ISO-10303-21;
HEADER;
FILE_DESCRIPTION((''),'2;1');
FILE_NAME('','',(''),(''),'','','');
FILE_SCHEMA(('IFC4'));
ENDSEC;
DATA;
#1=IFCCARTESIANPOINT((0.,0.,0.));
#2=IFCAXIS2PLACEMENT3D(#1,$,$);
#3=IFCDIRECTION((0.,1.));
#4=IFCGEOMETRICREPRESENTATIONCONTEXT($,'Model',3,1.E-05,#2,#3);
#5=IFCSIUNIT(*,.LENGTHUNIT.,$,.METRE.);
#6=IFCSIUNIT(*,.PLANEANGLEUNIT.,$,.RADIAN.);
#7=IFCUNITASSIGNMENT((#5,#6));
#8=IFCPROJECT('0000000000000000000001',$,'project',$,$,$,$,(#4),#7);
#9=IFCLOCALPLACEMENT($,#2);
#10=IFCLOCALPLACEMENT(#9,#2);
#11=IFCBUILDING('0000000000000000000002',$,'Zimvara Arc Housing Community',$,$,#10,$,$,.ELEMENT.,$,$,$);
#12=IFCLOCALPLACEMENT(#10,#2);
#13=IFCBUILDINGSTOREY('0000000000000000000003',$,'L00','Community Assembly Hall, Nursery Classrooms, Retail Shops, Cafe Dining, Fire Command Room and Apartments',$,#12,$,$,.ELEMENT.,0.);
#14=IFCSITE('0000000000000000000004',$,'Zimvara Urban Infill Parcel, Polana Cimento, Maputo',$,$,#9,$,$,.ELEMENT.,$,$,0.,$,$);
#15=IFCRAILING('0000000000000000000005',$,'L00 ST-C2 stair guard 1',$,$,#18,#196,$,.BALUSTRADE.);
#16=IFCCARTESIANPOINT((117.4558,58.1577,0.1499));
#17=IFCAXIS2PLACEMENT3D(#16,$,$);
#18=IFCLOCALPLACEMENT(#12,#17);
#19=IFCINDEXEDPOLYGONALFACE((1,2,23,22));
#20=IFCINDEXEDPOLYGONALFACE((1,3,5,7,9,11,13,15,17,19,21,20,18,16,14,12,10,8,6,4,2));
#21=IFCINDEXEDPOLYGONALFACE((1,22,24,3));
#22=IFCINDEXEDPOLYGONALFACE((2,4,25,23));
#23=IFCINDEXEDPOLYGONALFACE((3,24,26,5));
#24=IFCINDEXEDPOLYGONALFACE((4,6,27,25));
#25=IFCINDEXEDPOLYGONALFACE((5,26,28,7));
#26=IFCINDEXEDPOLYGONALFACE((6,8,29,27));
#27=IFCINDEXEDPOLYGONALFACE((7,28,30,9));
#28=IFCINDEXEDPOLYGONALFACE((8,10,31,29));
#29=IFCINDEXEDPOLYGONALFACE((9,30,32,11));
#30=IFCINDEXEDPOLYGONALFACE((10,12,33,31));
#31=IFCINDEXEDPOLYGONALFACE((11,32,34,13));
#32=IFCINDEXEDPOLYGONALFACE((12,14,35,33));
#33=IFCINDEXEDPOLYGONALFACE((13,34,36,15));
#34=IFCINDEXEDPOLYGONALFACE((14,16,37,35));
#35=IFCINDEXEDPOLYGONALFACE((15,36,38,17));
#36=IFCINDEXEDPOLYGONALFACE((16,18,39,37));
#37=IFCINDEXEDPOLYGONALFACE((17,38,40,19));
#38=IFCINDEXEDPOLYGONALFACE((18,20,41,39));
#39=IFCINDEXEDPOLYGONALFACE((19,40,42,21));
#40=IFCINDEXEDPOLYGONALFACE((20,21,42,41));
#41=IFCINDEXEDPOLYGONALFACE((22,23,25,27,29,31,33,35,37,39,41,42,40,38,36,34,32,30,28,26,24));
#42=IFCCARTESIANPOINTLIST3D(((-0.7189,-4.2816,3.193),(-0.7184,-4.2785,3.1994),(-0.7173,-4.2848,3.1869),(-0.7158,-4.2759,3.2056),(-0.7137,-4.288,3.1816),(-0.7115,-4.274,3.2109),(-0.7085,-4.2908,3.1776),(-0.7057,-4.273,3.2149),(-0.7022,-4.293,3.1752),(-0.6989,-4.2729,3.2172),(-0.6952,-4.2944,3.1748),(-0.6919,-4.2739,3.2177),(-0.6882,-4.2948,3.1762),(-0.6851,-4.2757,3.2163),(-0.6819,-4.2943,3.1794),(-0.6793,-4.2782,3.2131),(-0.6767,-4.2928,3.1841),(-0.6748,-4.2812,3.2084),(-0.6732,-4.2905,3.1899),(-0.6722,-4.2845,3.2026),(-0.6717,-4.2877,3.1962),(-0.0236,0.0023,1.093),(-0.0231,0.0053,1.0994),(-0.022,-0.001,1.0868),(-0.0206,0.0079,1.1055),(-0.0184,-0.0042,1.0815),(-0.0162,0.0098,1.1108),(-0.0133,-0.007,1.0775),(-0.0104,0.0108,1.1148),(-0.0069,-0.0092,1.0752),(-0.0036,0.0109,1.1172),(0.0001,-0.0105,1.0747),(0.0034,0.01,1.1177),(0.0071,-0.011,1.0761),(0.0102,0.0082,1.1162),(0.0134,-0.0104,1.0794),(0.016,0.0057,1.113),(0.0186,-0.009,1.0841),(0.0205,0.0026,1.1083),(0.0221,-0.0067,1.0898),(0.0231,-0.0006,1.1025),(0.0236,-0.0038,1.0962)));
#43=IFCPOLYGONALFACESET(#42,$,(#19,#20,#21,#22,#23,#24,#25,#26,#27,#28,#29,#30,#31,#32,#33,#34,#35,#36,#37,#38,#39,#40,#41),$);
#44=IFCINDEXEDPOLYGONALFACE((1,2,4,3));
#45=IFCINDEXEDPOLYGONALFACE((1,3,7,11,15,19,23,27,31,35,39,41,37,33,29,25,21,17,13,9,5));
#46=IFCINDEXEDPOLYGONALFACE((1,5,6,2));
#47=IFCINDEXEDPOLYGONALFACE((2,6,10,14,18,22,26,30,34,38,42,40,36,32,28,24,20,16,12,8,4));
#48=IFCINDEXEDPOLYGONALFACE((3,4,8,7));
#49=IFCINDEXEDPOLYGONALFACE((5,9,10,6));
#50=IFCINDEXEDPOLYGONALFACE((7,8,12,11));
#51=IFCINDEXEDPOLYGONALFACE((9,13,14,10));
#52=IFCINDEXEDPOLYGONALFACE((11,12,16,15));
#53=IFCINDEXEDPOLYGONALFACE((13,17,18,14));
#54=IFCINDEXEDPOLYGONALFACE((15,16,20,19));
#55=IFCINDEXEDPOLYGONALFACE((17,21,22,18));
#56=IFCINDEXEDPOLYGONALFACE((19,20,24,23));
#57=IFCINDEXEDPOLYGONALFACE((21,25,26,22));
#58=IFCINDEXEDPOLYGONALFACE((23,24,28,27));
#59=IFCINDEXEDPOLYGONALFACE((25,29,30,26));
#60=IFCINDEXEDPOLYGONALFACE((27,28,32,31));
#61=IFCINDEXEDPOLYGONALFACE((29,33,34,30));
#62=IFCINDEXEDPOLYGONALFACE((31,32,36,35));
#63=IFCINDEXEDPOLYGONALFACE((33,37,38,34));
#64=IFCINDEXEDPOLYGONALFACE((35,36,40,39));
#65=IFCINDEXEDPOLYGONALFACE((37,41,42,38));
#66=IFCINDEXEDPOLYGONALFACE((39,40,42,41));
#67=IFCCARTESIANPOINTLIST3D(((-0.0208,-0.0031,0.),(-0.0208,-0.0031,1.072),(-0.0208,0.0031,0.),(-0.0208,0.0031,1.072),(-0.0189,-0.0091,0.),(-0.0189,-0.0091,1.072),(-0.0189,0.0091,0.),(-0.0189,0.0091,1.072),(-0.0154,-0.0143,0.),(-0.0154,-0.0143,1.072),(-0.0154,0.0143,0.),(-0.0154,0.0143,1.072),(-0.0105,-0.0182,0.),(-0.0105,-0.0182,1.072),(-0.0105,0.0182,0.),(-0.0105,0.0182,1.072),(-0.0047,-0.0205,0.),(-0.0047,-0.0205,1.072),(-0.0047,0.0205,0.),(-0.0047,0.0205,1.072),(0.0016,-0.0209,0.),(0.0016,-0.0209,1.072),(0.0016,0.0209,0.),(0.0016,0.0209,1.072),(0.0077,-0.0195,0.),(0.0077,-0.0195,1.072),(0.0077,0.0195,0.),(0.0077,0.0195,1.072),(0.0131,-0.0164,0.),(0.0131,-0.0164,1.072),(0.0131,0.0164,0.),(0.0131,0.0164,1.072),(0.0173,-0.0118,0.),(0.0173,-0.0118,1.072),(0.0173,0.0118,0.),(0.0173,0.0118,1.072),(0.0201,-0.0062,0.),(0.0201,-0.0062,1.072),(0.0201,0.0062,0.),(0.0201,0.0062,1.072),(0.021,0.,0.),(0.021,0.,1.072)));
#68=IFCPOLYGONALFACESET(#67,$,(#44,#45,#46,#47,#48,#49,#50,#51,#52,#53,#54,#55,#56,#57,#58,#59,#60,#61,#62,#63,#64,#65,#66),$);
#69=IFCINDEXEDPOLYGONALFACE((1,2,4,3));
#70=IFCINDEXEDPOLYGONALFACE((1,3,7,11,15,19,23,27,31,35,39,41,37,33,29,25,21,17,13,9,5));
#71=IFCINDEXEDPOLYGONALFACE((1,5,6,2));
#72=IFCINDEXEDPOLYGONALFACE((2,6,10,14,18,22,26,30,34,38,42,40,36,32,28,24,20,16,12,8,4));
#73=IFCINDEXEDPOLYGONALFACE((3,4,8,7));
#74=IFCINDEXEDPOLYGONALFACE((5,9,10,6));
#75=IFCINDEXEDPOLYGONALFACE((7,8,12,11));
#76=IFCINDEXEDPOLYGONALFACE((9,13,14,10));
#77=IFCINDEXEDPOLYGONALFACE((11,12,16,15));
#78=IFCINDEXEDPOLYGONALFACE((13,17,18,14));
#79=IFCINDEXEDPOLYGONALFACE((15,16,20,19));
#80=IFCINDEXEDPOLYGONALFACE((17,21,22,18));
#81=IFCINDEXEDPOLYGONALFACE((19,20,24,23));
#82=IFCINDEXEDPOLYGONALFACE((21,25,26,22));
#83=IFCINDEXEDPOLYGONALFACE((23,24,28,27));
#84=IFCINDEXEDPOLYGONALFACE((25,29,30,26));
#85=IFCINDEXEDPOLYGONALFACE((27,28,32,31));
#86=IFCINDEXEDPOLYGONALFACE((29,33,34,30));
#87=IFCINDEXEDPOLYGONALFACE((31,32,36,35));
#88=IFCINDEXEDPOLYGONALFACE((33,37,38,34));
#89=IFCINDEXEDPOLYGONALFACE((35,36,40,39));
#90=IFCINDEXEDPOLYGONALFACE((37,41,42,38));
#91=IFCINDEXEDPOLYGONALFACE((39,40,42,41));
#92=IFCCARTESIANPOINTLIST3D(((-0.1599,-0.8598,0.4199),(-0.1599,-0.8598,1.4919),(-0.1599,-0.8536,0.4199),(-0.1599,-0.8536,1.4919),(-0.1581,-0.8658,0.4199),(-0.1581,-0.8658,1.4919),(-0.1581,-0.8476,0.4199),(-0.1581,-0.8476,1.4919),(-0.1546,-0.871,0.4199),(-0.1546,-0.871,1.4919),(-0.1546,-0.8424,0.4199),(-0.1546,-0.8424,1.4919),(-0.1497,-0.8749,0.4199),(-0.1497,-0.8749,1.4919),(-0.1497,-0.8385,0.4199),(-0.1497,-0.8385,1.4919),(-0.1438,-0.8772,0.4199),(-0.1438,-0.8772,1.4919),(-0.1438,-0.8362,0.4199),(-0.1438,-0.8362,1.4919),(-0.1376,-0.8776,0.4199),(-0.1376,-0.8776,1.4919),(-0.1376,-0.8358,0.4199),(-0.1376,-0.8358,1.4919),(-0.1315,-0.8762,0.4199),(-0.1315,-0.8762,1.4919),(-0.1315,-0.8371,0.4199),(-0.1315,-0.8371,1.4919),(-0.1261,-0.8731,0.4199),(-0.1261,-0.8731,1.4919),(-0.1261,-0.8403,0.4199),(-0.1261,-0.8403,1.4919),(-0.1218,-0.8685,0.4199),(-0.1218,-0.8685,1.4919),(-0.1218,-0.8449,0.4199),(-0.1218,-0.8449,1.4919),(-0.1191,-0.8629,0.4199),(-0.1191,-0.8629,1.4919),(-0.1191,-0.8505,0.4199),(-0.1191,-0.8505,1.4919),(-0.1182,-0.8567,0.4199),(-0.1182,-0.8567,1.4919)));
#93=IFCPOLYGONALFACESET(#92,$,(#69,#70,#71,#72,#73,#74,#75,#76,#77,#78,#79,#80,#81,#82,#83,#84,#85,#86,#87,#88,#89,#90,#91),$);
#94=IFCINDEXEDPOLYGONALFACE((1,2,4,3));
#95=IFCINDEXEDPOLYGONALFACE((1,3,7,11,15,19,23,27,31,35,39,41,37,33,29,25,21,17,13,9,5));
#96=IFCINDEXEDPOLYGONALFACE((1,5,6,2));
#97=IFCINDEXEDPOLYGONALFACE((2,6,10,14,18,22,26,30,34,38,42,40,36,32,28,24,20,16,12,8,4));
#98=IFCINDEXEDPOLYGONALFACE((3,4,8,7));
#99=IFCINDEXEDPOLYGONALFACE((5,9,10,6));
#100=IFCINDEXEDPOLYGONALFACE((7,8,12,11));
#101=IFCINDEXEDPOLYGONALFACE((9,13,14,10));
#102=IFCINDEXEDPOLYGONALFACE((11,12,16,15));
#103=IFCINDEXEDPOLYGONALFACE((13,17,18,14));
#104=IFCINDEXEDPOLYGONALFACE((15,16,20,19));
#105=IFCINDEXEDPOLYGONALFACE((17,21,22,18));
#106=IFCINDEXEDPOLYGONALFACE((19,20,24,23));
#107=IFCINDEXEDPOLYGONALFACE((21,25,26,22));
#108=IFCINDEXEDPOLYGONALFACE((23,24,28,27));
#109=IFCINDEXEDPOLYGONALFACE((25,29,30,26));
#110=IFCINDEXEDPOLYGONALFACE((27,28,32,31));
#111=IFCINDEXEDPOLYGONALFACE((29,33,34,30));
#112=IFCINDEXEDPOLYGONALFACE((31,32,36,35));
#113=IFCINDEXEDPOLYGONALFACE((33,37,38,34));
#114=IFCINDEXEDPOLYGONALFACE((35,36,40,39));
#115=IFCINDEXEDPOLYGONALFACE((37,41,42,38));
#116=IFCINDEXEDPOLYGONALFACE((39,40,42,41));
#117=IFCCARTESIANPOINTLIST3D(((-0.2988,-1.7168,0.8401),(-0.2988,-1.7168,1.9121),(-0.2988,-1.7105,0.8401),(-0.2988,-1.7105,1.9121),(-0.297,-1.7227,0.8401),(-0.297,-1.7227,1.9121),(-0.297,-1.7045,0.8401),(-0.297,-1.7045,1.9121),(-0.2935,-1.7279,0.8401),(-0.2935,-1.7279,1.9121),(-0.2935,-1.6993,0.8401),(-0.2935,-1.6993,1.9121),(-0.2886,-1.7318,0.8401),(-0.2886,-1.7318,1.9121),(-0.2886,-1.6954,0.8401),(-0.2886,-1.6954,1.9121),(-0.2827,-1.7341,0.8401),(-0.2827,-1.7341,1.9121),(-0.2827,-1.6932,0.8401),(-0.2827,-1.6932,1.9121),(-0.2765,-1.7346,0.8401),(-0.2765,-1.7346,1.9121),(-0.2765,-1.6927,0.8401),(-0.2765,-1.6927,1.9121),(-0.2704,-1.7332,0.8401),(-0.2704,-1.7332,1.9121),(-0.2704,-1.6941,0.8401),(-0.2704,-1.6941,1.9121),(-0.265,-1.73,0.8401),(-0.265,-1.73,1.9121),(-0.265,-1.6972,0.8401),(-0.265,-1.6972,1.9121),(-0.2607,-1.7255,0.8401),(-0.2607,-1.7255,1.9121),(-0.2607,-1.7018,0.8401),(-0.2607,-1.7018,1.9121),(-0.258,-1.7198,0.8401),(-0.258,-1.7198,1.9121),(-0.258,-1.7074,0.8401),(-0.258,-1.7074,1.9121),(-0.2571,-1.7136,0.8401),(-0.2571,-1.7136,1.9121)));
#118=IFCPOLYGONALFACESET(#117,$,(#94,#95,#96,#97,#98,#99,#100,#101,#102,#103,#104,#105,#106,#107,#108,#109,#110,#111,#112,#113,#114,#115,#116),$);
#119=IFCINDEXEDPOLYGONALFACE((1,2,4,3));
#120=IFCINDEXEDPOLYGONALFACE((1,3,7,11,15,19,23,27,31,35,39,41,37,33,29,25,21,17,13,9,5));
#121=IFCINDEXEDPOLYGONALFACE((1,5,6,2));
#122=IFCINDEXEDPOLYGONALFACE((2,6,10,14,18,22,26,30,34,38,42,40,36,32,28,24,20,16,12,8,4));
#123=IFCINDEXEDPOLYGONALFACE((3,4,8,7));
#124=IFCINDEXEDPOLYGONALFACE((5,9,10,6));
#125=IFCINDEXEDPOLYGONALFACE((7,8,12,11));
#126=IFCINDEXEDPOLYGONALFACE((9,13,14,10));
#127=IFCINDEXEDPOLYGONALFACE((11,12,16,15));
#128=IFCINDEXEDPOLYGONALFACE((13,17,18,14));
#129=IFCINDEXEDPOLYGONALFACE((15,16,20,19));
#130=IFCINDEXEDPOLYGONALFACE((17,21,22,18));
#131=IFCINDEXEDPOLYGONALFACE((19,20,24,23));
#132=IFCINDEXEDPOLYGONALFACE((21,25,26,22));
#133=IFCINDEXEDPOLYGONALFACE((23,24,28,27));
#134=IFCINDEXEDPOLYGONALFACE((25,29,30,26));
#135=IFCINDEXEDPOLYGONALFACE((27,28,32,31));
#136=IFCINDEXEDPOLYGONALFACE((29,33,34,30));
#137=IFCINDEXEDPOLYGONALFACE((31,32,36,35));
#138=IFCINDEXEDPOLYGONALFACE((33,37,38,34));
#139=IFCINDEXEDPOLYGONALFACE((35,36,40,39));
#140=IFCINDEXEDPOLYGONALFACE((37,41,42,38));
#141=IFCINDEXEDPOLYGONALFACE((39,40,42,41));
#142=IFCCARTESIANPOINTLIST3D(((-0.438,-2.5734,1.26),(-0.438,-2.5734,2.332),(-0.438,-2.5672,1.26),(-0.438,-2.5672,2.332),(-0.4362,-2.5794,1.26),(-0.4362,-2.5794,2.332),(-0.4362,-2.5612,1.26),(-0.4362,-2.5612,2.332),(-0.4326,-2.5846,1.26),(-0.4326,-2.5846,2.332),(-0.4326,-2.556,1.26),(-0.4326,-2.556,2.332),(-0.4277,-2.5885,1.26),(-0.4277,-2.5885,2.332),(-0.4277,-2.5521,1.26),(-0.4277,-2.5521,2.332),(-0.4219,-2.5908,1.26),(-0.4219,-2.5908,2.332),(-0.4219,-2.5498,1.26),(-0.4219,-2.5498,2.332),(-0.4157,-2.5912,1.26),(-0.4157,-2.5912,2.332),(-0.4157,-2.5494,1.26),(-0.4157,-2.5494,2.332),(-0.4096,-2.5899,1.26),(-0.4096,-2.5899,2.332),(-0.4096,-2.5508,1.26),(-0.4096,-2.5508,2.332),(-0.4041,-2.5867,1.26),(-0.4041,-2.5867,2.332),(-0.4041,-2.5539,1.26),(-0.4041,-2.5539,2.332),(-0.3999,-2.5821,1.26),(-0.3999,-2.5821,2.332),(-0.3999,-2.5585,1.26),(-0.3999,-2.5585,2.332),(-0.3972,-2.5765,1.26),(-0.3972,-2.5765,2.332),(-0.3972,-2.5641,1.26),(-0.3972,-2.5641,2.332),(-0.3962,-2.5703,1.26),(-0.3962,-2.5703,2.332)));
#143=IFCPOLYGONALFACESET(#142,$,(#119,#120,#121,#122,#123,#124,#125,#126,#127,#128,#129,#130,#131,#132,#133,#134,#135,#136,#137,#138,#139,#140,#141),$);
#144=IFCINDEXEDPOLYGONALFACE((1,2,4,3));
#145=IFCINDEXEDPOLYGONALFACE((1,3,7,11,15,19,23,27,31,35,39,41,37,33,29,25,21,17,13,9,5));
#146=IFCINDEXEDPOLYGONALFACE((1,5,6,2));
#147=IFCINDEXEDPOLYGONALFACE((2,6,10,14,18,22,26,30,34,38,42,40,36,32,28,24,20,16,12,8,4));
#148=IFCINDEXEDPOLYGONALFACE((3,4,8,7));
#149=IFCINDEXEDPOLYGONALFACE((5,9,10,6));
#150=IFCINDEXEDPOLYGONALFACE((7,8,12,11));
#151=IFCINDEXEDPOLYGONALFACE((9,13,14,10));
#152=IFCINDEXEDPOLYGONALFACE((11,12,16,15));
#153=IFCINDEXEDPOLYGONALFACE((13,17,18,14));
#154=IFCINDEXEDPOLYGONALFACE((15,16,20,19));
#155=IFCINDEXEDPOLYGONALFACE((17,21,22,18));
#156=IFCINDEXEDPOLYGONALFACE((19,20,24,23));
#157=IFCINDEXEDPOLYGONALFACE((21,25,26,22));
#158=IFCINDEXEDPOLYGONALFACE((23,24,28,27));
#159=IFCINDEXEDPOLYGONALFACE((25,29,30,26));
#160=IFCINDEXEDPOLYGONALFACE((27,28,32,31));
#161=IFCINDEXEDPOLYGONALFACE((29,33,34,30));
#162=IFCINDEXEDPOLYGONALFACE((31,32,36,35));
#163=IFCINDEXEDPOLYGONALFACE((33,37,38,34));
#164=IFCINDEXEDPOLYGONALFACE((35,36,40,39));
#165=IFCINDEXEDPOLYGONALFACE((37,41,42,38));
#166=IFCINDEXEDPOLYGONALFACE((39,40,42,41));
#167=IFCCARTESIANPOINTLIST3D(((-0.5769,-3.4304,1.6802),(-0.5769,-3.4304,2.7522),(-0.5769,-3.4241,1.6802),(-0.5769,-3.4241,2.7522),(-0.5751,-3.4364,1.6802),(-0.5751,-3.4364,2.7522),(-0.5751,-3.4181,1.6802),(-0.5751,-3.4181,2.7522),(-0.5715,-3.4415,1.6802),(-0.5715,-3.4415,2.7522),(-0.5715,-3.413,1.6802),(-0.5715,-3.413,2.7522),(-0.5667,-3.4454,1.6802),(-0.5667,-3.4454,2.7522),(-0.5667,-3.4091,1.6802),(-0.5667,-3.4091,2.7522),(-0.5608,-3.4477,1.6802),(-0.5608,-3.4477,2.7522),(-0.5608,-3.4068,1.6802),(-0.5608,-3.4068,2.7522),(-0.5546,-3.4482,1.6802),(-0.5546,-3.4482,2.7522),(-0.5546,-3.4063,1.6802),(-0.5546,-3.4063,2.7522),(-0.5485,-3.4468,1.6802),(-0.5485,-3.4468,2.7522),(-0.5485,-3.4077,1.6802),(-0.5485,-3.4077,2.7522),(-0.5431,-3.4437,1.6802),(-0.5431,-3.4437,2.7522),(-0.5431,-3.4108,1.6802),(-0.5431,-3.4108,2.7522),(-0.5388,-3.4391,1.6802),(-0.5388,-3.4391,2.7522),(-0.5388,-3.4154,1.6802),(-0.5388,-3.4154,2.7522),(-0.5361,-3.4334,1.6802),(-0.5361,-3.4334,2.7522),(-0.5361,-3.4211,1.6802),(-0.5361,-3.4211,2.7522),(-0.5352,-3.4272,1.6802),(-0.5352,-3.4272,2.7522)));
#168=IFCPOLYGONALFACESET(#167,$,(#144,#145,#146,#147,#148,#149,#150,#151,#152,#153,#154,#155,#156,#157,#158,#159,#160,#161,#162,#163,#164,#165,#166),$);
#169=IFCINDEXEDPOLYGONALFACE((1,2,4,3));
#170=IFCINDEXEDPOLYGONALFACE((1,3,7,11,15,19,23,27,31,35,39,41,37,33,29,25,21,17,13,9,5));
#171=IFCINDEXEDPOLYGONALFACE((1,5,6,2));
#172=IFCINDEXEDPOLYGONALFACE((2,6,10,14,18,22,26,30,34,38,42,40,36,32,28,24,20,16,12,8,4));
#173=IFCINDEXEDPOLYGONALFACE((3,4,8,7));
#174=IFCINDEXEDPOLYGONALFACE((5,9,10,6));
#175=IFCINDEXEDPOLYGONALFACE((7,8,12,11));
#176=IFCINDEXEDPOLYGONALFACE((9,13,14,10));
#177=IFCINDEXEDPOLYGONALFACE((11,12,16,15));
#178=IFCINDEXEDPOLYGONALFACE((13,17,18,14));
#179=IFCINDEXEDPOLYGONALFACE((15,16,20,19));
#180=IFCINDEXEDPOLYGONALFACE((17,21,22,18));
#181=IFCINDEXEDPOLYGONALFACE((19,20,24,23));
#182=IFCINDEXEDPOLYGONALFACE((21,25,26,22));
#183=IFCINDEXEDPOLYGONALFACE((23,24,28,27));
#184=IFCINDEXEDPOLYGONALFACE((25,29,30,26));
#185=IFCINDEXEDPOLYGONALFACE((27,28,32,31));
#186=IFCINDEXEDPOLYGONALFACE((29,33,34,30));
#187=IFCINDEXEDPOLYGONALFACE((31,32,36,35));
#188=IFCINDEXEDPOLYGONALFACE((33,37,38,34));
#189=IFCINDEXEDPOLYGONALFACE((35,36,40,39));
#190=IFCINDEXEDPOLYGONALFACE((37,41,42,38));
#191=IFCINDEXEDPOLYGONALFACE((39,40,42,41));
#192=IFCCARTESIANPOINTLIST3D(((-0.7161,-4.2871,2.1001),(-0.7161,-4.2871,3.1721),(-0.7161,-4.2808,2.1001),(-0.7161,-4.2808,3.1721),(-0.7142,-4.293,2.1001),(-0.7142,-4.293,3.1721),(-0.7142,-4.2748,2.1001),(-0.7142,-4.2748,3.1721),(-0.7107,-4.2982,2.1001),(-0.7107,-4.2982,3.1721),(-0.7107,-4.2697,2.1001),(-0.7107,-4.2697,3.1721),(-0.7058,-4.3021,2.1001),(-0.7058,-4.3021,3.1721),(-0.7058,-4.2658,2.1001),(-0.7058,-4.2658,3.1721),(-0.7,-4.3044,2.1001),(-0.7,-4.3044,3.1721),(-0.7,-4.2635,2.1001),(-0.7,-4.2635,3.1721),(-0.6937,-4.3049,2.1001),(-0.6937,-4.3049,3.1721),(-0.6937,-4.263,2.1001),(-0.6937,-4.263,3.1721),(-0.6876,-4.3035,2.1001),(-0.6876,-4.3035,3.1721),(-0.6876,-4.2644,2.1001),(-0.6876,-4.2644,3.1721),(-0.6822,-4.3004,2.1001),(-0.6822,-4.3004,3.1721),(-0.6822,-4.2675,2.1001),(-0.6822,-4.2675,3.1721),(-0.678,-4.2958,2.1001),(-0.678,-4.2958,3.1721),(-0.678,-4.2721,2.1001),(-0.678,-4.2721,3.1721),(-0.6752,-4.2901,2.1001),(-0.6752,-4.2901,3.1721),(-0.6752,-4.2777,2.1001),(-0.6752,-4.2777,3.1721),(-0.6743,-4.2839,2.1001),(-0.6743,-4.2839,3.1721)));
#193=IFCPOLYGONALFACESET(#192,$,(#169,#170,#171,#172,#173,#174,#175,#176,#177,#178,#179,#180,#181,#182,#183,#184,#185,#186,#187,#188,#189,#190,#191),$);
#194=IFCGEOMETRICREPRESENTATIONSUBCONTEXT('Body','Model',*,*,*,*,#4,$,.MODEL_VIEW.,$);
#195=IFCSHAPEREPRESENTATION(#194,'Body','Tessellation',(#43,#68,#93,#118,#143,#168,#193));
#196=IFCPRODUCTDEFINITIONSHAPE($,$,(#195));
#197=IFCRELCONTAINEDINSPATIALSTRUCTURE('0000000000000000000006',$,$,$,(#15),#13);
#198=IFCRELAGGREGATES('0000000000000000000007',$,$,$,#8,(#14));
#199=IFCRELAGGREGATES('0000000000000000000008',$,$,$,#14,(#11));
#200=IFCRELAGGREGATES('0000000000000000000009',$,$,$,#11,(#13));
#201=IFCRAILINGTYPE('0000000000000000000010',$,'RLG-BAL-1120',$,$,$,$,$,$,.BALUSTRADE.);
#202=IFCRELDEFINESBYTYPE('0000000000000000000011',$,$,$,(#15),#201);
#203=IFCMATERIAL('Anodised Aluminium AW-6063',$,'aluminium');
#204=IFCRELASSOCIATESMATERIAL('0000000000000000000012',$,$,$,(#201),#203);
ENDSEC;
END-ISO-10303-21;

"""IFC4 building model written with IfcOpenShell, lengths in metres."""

from ifc_helpers import new_model, si_unit, direction, frame, origin, origin_2d, place, context, subcontext, project, spatial, circle, extrude, material, type_object, element, save


model = new_model("IFC4")

# Units and contexts
model_context = context("Model", 3, precision=1e-05, world=origin(), true_north=direction((0.0, 1.0)))
body_context = subcontext(model_context, "Body", "Model", "MODEL_VIEW")
ifc_project = project(units=[si_unit("LENGTHUNIT", "METRE"), si_unit("PLANEANGLEUNIT", "RADIAN")], contexts=[model_context])

# Site, building, storey
site_placement = place(None, origin())
site = spatial("IfcSite", under=ifc_project, at=site_placement, Name="Zimvara Urban Infill Parcel, Polana Cimento, Maputo", CompositionType="ELEMENT", RefElevation=0.0)
building_placement = place(site_placement, origin())
building = spatial("IfcBuilding", under=site, at=building_placement, Name="Zimvara Arc Housing Community", CompositionType="ELEMENT")
storey_placement = place(building_placement, origin())
storey = spatial("IfcBuildingStorey", under=building, at=storey_placement, Name="L00", Description="Community Assembly Hall, Nursery Classrooms, Retail Shops, Cafe Dining, Fire Command Room and Apartments", CompositionType="ELEMENT", Elevation=0.0)

# Railing
ifc_material_1 = material(Name="Anodised Aluminium AW-6063", Category="aluminium")
railing_type_1 = type_object("IfcRailingType", Name="RLG-BAL-1120", PredefinedType="BALUSTRADE", material=ifc_material_1)
railing_1_placement = place(storey_placement, frame((117.4558, 58.1577, 0.1499)))
element("IfcRailing", 1, at=railing_1_placement, inside=storey, type_object=railing_type_1, Name="L00 ST-C2 stair guard 1", PredefinedType="BALUSTRADE", context=body_context, shape_type="SweptSolid", body=[
    extrude(circle(Radius=0.0239, at=origin_2d()), frame((0.0, 0.0, 1.0962), z_axis=(-0.144214, -0.888524, 0.435578), x_axis=(0.987083, -0.16021, 0.0)), (0.0, 0.0, 1.0), 4.8213),
    extrude(circle(Radius=0.021, at=origin_2d()), origin(), (0.0, 0.0, 1.0), 1.072),
    extrude(circle(Radius=0.021, at=origin_2d()), frame((-0.1392, -0.8567, 0.4199)), (0.0, 0.0, 1.0), 1.072),
    extrude(circle(Radius=0.021, at=origin_2d()), frame((-0.2781, -1.7136, 0.8401)), (0.0, 0.0, 1.0), 1.072),
    extrude(circle(Radius=0.021, at=origin_2d()), frame((-0.4172, -2.5703, 1.26)), (0.0, 0.0, 1.0), 1.072),
    extrude(circle(Radius=0.021, at=origin_2d()), frame((-0.5562, -3.4272, 1.6802)), (0.0, 0.0, 1.0), 1.072),
    extrude(circle(Radius=0.021, at=origin_2d()), frame((-0.6953, -4.2839, 2.1001)), (0.0, 0.0, 1.0), 1.072),
])

save(model, "model.ifc")
